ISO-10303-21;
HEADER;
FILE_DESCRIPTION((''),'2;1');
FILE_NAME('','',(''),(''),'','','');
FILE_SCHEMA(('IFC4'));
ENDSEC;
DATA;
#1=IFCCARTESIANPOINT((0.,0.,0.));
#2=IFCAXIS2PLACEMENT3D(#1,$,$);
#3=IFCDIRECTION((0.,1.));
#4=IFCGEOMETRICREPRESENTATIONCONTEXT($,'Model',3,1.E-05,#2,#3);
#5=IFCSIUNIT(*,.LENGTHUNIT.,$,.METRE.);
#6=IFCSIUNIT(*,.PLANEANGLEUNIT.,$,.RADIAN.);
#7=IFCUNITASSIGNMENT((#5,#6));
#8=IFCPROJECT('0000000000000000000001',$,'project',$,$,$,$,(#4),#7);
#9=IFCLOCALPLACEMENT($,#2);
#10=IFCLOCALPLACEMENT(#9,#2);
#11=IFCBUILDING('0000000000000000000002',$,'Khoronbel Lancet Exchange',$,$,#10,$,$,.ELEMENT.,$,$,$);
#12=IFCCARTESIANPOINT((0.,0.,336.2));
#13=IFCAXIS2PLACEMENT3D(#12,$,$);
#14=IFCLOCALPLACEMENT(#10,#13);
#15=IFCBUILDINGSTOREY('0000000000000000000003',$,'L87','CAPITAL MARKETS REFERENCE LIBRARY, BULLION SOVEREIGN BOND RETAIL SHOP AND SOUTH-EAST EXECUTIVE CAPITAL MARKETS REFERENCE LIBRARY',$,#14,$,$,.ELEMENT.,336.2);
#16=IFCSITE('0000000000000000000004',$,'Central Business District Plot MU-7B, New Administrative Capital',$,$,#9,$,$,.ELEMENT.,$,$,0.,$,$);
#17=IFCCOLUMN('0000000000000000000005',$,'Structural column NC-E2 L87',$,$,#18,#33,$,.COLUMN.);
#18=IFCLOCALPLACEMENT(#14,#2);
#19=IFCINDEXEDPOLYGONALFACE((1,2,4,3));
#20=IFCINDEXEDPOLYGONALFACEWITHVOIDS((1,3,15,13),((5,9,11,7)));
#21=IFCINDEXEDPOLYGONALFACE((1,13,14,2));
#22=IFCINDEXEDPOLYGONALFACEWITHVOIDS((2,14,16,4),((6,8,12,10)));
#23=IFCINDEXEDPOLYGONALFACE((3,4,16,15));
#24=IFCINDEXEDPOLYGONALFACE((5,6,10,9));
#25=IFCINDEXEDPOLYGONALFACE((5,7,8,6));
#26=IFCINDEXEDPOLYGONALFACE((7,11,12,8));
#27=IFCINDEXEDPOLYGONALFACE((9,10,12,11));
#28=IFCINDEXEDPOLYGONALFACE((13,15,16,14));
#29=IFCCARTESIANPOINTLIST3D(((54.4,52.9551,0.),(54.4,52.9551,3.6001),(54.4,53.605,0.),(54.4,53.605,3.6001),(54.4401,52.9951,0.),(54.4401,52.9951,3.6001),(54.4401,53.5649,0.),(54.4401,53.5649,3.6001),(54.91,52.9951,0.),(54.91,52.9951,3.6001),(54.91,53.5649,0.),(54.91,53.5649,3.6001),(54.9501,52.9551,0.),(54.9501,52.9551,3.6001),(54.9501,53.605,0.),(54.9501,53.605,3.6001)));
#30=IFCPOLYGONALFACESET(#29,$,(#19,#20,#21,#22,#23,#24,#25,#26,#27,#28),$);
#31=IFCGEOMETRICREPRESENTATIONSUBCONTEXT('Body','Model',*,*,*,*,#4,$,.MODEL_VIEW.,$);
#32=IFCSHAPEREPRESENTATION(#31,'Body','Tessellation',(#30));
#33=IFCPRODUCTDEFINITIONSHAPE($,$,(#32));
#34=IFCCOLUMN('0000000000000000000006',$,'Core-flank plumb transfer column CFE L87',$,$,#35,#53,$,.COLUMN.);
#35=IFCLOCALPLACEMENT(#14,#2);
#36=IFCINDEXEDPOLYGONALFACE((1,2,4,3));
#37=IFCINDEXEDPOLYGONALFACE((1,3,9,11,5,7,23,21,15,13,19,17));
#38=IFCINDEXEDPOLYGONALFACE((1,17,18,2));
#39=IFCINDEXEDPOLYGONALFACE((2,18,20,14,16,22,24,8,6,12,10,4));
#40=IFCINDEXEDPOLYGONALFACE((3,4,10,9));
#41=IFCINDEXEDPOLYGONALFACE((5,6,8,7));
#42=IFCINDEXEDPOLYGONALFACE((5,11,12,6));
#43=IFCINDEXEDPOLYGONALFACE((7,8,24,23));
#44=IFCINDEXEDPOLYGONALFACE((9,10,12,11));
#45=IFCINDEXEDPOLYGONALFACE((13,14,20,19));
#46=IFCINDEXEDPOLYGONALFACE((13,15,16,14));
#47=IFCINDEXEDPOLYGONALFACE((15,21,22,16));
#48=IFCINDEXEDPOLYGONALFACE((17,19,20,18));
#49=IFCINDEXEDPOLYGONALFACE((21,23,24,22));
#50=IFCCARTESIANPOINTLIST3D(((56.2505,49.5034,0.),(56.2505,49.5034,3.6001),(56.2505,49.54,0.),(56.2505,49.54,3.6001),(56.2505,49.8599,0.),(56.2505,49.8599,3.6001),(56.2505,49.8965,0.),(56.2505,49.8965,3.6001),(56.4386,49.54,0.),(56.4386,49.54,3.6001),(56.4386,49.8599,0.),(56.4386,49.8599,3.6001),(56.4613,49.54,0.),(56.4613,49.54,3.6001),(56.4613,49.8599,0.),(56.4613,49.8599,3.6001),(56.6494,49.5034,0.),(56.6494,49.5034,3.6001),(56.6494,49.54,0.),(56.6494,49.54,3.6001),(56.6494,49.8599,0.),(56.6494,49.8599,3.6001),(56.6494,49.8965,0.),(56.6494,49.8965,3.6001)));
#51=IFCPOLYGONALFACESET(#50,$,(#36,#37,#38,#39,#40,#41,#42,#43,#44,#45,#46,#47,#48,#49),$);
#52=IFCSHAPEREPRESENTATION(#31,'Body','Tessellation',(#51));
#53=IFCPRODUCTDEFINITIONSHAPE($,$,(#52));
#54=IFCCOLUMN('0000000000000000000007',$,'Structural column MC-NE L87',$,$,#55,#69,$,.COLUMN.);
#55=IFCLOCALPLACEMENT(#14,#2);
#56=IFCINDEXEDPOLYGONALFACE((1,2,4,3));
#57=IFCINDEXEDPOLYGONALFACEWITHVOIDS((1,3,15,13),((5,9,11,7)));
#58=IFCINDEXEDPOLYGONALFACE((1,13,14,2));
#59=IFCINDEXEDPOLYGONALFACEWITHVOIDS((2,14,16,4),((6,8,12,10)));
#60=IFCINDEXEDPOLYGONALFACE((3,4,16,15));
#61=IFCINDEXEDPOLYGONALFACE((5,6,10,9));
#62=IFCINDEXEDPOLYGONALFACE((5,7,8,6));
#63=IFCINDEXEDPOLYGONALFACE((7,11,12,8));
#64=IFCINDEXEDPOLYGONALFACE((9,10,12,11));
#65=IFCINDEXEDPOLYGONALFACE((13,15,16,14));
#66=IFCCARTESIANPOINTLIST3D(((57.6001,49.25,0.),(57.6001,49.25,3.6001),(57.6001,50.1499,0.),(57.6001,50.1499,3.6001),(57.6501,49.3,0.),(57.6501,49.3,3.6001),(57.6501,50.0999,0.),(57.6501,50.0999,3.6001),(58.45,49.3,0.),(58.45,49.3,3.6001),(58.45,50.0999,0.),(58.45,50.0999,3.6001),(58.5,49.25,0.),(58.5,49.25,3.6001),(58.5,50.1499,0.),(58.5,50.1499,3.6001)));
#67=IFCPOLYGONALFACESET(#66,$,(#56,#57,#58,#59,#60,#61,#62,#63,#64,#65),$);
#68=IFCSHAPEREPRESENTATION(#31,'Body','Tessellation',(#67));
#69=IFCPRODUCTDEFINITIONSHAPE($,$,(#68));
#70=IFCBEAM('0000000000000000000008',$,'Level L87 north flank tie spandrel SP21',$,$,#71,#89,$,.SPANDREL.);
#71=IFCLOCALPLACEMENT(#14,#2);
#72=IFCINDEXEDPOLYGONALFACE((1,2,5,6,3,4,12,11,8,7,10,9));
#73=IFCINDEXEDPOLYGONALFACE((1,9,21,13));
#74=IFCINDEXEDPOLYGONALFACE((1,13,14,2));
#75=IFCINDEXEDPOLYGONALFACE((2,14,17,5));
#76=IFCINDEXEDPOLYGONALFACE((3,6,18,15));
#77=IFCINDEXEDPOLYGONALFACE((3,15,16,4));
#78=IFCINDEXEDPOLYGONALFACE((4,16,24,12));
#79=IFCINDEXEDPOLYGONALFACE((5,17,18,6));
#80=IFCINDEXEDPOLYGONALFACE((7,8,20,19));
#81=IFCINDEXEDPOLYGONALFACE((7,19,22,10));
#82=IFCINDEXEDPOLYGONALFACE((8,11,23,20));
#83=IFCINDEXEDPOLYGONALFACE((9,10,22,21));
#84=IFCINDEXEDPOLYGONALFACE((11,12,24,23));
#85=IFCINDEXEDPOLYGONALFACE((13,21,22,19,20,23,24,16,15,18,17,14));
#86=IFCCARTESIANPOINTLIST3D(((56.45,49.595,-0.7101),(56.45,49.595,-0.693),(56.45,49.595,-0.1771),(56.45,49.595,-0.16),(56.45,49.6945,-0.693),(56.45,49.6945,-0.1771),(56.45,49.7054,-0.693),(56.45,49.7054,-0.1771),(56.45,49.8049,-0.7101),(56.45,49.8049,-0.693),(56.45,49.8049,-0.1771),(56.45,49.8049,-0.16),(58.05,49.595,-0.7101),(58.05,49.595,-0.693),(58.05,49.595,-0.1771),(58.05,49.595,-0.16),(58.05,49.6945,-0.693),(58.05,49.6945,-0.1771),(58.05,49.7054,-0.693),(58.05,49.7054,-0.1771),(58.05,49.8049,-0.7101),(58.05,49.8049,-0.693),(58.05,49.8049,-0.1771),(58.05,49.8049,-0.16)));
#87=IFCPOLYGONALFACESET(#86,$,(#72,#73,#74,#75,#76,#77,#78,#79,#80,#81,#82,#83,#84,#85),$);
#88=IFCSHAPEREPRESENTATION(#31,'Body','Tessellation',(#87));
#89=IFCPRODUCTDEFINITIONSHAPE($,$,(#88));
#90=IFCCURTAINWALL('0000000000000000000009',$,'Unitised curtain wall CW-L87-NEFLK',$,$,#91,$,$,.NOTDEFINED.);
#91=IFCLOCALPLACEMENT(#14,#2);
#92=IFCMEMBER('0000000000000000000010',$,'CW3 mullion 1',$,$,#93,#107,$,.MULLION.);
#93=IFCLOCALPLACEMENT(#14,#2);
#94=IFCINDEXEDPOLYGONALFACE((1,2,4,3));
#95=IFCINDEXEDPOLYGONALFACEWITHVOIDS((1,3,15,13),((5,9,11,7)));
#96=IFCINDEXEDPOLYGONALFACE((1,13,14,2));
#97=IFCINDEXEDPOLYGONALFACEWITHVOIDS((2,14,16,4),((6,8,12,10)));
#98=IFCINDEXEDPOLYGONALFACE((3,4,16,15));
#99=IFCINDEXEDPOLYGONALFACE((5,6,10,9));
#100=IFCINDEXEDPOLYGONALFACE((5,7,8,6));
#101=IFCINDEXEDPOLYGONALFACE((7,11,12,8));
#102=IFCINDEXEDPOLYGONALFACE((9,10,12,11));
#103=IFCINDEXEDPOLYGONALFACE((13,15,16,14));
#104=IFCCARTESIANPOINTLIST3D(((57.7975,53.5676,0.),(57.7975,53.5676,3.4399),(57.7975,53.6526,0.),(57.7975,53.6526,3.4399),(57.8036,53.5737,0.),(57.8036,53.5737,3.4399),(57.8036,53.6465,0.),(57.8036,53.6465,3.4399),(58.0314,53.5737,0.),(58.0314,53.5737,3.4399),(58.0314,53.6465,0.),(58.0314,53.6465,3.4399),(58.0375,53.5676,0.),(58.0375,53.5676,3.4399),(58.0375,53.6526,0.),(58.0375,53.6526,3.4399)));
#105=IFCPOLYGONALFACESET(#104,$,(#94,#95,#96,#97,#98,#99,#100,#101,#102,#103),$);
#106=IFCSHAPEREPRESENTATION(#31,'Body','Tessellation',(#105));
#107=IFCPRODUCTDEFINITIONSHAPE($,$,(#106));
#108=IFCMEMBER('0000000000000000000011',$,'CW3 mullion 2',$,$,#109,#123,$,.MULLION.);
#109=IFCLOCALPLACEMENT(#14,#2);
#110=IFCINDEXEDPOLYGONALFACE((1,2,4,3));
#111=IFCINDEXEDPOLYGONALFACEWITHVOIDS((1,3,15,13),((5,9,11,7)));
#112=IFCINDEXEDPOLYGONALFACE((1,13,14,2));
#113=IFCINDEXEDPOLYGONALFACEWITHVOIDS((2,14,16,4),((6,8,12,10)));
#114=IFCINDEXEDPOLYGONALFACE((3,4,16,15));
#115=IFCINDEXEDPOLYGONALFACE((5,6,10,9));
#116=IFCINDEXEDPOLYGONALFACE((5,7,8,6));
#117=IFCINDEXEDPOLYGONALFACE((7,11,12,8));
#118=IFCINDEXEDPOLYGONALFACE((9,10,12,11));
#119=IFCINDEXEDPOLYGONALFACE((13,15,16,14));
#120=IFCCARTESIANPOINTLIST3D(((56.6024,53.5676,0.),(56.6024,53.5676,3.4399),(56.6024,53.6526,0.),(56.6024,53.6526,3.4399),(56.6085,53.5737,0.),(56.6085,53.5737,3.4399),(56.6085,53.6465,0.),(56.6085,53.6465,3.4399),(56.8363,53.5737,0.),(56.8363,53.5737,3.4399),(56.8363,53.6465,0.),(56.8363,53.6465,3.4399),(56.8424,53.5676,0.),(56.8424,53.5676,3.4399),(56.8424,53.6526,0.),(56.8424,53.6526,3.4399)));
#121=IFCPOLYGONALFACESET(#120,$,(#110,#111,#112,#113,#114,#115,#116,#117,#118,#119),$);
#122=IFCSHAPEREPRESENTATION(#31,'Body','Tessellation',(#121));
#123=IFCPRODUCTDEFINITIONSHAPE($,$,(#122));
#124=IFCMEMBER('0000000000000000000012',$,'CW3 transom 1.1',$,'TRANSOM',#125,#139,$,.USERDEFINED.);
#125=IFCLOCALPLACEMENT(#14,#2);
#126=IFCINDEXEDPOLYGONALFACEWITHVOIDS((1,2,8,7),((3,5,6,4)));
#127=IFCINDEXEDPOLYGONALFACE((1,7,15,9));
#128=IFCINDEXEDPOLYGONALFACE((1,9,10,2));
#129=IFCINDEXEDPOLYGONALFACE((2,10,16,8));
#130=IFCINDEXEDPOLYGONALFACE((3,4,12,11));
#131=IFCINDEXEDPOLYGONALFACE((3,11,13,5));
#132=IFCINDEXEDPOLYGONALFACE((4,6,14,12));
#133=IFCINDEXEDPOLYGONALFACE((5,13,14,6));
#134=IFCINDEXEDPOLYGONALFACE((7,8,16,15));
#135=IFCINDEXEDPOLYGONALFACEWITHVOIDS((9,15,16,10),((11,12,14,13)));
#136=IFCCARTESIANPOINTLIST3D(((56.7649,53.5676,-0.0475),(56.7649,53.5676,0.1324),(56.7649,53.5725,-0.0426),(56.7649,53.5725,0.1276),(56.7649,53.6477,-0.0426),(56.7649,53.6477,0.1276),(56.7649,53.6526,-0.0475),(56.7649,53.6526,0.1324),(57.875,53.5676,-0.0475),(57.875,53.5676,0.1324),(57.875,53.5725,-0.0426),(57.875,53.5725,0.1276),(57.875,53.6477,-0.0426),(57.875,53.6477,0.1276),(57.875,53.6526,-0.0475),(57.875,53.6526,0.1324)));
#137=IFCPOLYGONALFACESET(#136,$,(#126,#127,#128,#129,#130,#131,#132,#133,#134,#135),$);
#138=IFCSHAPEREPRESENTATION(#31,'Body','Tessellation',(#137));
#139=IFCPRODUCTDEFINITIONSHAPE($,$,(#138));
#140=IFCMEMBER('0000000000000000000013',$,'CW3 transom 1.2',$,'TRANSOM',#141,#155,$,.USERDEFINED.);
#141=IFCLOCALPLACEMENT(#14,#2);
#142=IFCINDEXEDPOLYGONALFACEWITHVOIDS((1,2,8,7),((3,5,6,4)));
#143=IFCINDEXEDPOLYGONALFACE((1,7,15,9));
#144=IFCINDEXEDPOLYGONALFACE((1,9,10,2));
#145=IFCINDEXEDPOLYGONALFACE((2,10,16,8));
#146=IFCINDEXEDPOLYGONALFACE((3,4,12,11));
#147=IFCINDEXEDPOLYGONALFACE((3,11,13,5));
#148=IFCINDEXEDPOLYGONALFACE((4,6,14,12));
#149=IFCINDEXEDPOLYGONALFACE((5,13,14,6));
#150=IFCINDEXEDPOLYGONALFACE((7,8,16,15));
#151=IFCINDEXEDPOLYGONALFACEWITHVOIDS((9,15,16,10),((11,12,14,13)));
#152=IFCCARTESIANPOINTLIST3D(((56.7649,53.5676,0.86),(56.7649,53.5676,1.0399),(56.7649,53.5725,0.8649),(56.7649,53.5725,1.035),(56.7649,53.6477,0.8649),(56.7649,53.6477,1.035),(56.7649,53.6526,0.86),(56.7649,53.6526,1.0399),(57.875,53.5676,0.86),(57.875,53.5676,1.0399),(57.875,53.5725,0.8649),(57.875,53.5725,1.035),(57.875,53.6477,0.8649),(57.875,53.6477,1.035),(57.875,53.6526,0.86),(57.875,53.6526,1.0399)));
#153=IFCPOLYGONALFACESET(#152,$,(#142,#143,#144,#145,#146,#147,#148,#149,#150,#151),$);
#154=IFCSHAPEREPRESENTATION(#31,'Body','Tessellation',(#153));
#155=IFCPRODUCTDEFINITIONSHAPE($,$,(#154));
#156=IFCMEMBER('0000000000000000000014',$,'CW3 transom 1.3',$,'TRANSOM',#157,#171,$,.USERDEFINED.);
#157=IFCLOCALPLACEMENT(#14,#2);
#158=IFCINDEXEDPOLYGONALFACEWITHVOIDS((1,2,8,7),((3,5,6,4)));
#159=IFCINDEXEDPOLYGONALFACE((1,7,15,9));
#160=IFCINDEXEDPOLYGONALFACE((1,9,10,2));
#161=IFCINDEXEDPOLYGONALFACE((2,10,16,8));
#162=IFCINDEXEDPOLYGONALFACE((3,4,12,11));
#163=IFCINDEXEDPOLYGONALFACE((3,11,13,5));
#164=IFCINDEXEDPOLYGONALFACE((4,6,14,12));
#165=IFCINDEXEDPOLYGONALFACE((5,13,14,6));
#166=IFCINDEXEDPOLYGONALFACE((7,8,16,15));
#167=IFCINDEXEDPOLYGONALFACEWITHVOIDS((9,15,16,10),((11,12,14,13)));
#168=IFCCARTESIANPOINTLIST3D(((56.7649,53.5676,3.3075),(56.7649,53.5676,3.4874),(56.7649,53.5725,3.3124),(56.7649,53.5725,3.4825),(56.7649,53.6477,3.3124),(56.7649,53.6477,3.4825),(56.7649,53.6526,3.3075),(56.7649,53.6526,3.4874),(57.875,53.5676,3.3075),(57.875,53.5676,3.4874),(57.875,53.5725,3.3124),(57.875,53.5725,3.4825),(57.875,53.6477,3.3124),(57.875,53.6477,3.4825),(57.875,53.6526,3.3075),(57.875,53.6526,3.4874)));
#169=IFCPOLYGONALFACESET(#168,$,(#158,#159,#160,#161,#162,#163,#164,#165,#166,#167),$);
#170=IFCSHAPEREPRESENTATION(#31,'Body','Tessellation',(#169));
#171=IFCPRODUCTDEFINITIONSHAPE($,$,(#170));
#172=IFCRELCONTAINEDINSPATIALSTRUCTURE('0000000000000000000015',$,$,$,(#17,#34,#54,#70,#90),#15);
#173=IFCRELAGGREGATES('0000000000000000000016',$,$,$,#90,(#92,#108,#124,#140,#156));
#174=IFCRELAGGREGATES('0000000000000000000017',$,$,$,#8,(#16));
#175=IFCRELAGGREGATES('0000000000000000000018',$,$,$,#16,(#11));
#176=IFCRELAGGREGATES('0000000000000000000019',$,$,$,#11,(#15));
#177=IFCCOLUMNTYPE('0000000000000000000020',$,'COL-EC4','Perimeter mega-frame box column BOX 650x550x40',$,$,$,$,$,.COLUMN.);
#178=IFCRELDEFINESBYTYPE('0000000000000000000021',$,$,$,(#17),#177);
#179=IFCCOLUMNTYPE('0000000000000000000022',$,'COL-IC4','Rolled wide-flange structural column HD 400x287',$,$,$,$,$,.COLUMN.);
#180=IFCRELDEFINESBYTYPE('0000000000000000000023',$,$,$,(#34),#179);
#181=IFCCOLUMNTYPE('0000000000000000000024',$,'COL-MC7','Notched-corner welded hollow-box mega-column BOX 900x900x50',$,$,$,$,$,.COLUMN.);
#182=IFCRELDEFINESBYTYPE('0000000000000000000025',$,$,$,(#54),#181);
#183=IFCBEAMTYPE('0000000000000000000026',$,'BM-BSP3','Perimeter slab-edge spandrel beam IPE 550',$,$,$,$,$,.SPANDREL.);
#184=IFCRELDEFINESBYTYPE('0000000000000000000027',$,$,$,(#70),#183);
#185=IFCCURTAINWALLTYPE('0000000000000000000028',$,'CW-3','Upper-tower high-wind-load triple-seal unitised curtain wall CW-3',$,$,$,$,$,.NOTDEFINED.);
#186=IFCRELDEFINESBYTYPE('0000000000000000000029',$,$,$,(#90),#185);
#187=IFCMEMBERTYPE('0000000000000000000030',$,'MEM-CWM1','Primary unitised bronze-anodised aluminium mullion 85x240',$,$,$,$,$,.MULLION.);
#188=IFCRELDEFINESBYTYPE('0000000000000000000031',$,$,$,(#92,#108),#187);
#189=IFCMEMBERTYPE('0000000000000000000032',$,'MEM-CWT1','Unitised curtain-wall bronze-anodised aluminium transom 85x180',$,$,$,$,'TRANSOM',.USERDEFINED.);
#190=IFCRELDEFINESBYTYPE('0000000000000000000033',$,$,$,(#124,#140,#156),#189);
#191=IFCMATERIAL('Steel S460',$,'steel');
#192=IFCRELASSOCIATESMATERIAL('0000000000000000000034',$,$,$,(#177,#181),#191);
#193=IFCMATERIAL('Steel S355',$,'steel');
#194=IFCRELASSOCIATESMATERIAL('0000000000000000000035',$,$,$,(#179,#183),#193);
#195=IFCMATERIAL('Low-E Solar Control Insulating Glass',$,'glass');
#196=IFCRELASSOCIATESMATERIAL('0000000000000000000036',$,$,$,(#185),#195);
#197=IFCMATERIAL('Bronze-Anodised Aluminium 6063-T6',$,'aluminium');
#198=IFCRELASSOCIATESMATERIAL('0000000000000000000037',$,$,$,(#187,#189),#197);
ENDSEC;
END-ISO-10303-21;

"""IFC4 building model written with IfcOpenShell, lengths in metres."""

from ifc_helpers import new_model, si_unit, direction, frame, origin, origin_2d, place, context, subcontext, project, spatial, hollow_rectangle, i_section, extrude, material, material_profile, profile_set, type_object, element, aggregate, save


model = new_model("IFC4")

# Units and contexts
model_context = context("Model", 3, precision=1e-05, world=origin(), true_north=direction((0.0, 1.0)))
body_context = subcontext(model_context, "Body", "Model", "MODEL_VIEW")
ifc_project = project(units=[si_unit("LENGTHUNIT", "METRE"), si_unit("PLANEANGLEUNIT", "RADIAN")], contexts=[model_context])

# Site, building, storey
site_placement = place(None, origin())
site = spatial("IfcSite", under=ifc_project, at=site_placement, Name="Central Business District Plot MU-7B, New Administrative Capital", CompositionType="ELEMENT", RefElevation=0.0)
building_placement = place(site_placement, origin())
building = spatial("IfcBuilding", under=site, at=building_placement, Name="Khoronbel Lancet Exchange", CompositionType="ELEMENT")
storey_placement = place(building_placement, frame((0.0, 0.0, 336.2)))
storey = spatial("IfcBuildingStorey", under=building, at=storey_placement, Name="L87", Description="CAPITAL MARKETS REFERENCE LIBRARY, BULLION SOVEREIGN BOND RETAIL SHOP AND SOUTH-EAST EXECUTIVE CAPITAL MARKETS REFERENCE LIBRARY", CompositionType="ELEMENT", Elevation=336.2)

# Columns
ifc_material_1 = material(Name="Steel S460", Category="steel")
ifc_material_profile_1 = material_profile(ifc_material_1, hollow_rectangle(XDim=0.55, YDim=0.6499, WallThickness=0.04, at=origin_2d()), Name="BOX 650x550x40")
ifc_profile_set_1 = profile_set([ifc_material_profile_1], Name="Steel S460")
column_type_1 = type_object("IfcColumnType", Name="COL-EC4", Description="Perimeter mega-frame box column BOX 650x550x40", PredefinedType="COLUMN", material=ifc_profile_set_1)
column_1_placement = place(storey_placement, frame((54.675, 53.28, 0.0), z_axis=(0.0, 0.0, 1.0), x_axis=(1.0, 0.0, 0.0)))
element("IfcColumn", 1, at=column_1_placement, inside=storey, type_object=column_type_1, Name="Structural column NC-E2 L87", PredefinedType="COLUMN", context=body_context, shape_type="SweptSolid", body=[
    extrude(hollow_rectangle(XDim=0.55, YDim=0.6499, WallThickness=0.04, at=origin_2d()), origin(), (0.0, 0.0, 1.0), 3.6001),
])
ifc_material_2 = material(Name="Steel S355", Category="steel")
ifc_material_profile_2 = material_profile(ifc_material_2, i_section(OverallWidth=0.3989, OverallDepth=0.3931, WebThickness=0.0227, FlangeThickness=0.0366, at=origin_2d()), Name="HD 400x287")
ifc_profile_set_2 = profile_set([ifc_material_profile_2], Name="Steel S355")
column_type_2 = type_object("IfcColumnType", Name="COL-IC4", Description="Rolled wide-flange structural column HD 400x287", PredefinedType="COLUMN", material=ifc_profile_set_2)
column_2_placement = place(storey_placement, frame((56.45, 49.7, 0.0), z_axis=(0.0, 0.0, 1.0), x_axis=(1.0, 0.0, 0.0)))
element("IfcColumn", 2, at=column_2_placement, inside=storey, type_object=column_type_2, Name="Core-flank plumb transfer column CFE L87", PredefinedType="COLUMN", context=body_context, shape_type="SweptSolid", body=[
    extrude(i_section(OverallWidth=0.3989, OverallDepth=0.3931, WebThickness=0.0227, FlangeThickness=0.0366, at=origin_2d()), origin(), (0.0, 0.0, 1.0), 3.6001),
])
ifc_material_profile_3 = material_profile(ifc_material_1, hollow_rectangle(XDim=0.8999, YDim=0.8999, WallThickness=0.05, at=origin_2d()), Name="BOX 900x900x50")
ifc_profile_set_3 = profile_set([ifc_material_profile_3], Name="Steel S460")
column_type_3 = type_object("IfcColumnType", Name="COL-MC7", Description="Notched-corner welded hollow-box mega-column BOX 900x900x50", PredefinedType="COLUMN", material=ifc_profile_set_3)
column_3_placement = place(storey_placement, frame((58.05, 49.7, 0.0), z_axis=(0.0, 0.0, 1.0), x_axis=(1.0, 0.0, 0.0)))
element("IfcColumn", 3, at=column_3_placement, inside=storey, type_object=column_type_3, Name="Structural column MC-NE L87", PredefinedType="COLUMN", context=body_context, shape_type="SweptSolid", body=[
    extrude(hollow_rectangle(XDim=0.8999, YDim=0.8999, WallThickness=0.05, at=origin_2d()), origin(), (0.0, 0.0, 1.0), 3.6001),
])

# Beam
ifc_material_profile_4 = material_profile(ifc_material_2, i_section(OverallWidth=0.21, OverallDepth=0.55, WebThickness=0.011, FlangeThickness=0.0171, at=origin_2d()), Name="IPE 550")
ifc_profile_set_4 = profile_set([ifc_material_profile_4], Name="Steel S355")
beam_type = type_object("IfcBeamType", Name="BM-BSP3", Description="Perimeter slab-edge spandrel beam IPE 550", PredefinedType="SPANDREL", material=ifc_profile_set_4)
beam_placement = place(storey_placement, frame((58.05, 49.7, -0.4351), z_axis=(-1.0, 0.0, 0.0), x_axis=(0.0, -1.0, 0.0)))
element("IfcBeam", 4, at=beam_placement, inside=storey, type_object=beam_type, Name="Level L87 north flank tie spandrel SP21", PredefinedType="SPANDREL", context=body_context, shape_type="SweptSolid", body=[
    extrude(i_section(OverallWidth=0.21, OverallDepth=0.55, WebThickness=0.011, FlangeThickness=0.0171, at=origin_2d()), origin(), (0.0, 0.0, 1.0), 1.6001),
])

# Curtain wall, members
ifc_material_3 = material(Name="Low-E Solar Control Insulating Glass", Category="glass")
curtain_wall_type = type_object("IfcCurtainWallType", Name="CW-3", Description="Upper-tower high-wind-load triple-seal unitised curtain wall CW-3", PredefinedType="NOTDEFINED", material=ifc_material_3)
curtain_wall_placement = place(storey_placement, origin())
curtain_wall = element("IfcCurtainWall", 5, at=curtain_wall_placement, inside=storey, type_object=curtain_wall_type, Name="Unitised curtain wall CW-L87-NEFLK", PredefinedType="NOTDEFINED")
ifc_material_4 = material(Name="Bronze-Anodised Aluminium 6063-T6", Category="aluminium")
ifc_material_profile_5 = material_profile(ifc_material_4, hollow_rectangle(XDim=0.085, YDim=0.24, WallThickness=0.0061, at=origin_2d()), Name="ALU MULLION 85x240")
ifc_profile_set_5 = profile_set([ifc_material_profile_5], Name="Bronze-Anodised Aluminium 6063-T6")
member_type_1 = type_object("IfcMemberType", Name="MEM-CWM1", Description="Primary unitised bronze-anodised aluminium mullion 85x240", PredefinedType="MULLION", material=ifc_profile_set_5)
member_1_placement = place(storey_placement, frame((57.9175, 53.6101, 0.0), z_axis=(0.0, 0.0, 1.0), x_axis=(0.0, -1.0, 0.0)))
member_1 = element("IfcMember", 6, at=member_1_placement, type_object=member_type_1, Name="CW3 mullion 1", PredefinedType="MULLION", context=body_context, shape_type="SweptSolid", body=[
    extrude(hollow_rectangle(XDim=0.085, YDim=0.24, WallThickness=0.0061, at=origin_2d()), origin(), (0.0, 0.0, 1.0), 3.4399),
])
member_2_placement = place(storey_placement, frame((56.7224, 53.6101, 0.0), z_axis=(0.0, 0.0, 1.0), x_axis=(0.0, -1.0, 0.0)))
member_2 = element("IfcMember", 7, at=member_2_placement, type_object=member_type_1, Name="CW3 mullion 2", PredefinedType="MULLION", context=body_context, shape_type="SweptSolid", body=[
    extrude(hollow_rectangle(XDim=0.085, YDim=0.24, WallThickness=0.0061, at=origin_2d()), origin(), (0.0, 0.0, 1.0), 3.4399),
])
ifc_material_profile_6 = material_profile(ifc_material_4, hollow_rectangle(XDim=0.085, YDim=0.1799, WallThickness=0.0049, at=origin_2d()), Name="ALU TRANSOM 85x180")
ifc_profile_set_6 = profile_set([ifc_material_profile_6], Name="Bronze-Anodised Aluminium 6063-T6")
member_type_2 = type_object("IfcMemberType", Name="MEM-CWT1", Description="Unitised curtain-wall bronze-anodised aluminium transom 85x180", ElementType="TRANSOM", PredefinedType="USERDEFINED", material=ifc_profile_set_6)
member_3_placement = place(storey_placement, frame((57.875, 53.6101, 0.0425), z_axis=(-1.0, 0.0, 0.0), x_axis=(0.0, -1.0, 0.0)))
member_3 = element("IfcMember", 8, at=member_3_placement, type_object=member_type_2, Name="CW3 transom 1.1", ObjectType="TRANSOM", PredefinedType="USERDEFINED", context=body_context, shape_type="SweptSolid", body=[
    extrude(hollow_rectangle(XDim=0.085, YDim=0.1799, WallThickness=0.0049, at=origin_2d()), origin(), (0.0, 0.0, 1.0), 1.1101),
])
member_4_placement = place(storey_placement, frame((57.875, 53.6101, 0.95), z_axis=(-1.0, 0.0, 0.0), x_axis=(0.0, -1.0, 0.0)))
member_4 = element("IfcMember", 9, at=member_4_placement, type_object=member_type_2, Name="CW3 transom 1.2", ObjectType="TRANSOM", PredefinedType="USERDEFINED", context=body_context, shape_type="SweptSolid", body=[
    extrude(hollow_rectangle(XDim=0.085, YDim=0.1799, WallThickness=0.0049, at=origin_2d()), origin(), (0.0, 0.0, 1.0), 1.1101),
])
member_5_placement = place(storey_placement, frame((57.875, 53.6101, 3.3975), z_axis=(-1.0, 0.0, 0.0), x_axis=(0.0, -1.0, 0.0)))
member_5 = element("IfcMember", 10, at=member_5_placement, type_object=member_type_2, Name="CW3 transom 1.3", ObjectType="TRANSOM", PredefinedType="USERDEFINED", context=body_context, shape_type="SweptSolid", body=[
    extrude(hollow_rectangle(XDim=0.085, YDim=0.1799, WallThickness=0.0049, at=origin_2d()), origin(), (0.0, 0.0, 1.0), 1.1101),
])

aggregate(curtain_wall, [member_1, member_2, member_3, member_4, member_5])

save(model, "model.ifc")
